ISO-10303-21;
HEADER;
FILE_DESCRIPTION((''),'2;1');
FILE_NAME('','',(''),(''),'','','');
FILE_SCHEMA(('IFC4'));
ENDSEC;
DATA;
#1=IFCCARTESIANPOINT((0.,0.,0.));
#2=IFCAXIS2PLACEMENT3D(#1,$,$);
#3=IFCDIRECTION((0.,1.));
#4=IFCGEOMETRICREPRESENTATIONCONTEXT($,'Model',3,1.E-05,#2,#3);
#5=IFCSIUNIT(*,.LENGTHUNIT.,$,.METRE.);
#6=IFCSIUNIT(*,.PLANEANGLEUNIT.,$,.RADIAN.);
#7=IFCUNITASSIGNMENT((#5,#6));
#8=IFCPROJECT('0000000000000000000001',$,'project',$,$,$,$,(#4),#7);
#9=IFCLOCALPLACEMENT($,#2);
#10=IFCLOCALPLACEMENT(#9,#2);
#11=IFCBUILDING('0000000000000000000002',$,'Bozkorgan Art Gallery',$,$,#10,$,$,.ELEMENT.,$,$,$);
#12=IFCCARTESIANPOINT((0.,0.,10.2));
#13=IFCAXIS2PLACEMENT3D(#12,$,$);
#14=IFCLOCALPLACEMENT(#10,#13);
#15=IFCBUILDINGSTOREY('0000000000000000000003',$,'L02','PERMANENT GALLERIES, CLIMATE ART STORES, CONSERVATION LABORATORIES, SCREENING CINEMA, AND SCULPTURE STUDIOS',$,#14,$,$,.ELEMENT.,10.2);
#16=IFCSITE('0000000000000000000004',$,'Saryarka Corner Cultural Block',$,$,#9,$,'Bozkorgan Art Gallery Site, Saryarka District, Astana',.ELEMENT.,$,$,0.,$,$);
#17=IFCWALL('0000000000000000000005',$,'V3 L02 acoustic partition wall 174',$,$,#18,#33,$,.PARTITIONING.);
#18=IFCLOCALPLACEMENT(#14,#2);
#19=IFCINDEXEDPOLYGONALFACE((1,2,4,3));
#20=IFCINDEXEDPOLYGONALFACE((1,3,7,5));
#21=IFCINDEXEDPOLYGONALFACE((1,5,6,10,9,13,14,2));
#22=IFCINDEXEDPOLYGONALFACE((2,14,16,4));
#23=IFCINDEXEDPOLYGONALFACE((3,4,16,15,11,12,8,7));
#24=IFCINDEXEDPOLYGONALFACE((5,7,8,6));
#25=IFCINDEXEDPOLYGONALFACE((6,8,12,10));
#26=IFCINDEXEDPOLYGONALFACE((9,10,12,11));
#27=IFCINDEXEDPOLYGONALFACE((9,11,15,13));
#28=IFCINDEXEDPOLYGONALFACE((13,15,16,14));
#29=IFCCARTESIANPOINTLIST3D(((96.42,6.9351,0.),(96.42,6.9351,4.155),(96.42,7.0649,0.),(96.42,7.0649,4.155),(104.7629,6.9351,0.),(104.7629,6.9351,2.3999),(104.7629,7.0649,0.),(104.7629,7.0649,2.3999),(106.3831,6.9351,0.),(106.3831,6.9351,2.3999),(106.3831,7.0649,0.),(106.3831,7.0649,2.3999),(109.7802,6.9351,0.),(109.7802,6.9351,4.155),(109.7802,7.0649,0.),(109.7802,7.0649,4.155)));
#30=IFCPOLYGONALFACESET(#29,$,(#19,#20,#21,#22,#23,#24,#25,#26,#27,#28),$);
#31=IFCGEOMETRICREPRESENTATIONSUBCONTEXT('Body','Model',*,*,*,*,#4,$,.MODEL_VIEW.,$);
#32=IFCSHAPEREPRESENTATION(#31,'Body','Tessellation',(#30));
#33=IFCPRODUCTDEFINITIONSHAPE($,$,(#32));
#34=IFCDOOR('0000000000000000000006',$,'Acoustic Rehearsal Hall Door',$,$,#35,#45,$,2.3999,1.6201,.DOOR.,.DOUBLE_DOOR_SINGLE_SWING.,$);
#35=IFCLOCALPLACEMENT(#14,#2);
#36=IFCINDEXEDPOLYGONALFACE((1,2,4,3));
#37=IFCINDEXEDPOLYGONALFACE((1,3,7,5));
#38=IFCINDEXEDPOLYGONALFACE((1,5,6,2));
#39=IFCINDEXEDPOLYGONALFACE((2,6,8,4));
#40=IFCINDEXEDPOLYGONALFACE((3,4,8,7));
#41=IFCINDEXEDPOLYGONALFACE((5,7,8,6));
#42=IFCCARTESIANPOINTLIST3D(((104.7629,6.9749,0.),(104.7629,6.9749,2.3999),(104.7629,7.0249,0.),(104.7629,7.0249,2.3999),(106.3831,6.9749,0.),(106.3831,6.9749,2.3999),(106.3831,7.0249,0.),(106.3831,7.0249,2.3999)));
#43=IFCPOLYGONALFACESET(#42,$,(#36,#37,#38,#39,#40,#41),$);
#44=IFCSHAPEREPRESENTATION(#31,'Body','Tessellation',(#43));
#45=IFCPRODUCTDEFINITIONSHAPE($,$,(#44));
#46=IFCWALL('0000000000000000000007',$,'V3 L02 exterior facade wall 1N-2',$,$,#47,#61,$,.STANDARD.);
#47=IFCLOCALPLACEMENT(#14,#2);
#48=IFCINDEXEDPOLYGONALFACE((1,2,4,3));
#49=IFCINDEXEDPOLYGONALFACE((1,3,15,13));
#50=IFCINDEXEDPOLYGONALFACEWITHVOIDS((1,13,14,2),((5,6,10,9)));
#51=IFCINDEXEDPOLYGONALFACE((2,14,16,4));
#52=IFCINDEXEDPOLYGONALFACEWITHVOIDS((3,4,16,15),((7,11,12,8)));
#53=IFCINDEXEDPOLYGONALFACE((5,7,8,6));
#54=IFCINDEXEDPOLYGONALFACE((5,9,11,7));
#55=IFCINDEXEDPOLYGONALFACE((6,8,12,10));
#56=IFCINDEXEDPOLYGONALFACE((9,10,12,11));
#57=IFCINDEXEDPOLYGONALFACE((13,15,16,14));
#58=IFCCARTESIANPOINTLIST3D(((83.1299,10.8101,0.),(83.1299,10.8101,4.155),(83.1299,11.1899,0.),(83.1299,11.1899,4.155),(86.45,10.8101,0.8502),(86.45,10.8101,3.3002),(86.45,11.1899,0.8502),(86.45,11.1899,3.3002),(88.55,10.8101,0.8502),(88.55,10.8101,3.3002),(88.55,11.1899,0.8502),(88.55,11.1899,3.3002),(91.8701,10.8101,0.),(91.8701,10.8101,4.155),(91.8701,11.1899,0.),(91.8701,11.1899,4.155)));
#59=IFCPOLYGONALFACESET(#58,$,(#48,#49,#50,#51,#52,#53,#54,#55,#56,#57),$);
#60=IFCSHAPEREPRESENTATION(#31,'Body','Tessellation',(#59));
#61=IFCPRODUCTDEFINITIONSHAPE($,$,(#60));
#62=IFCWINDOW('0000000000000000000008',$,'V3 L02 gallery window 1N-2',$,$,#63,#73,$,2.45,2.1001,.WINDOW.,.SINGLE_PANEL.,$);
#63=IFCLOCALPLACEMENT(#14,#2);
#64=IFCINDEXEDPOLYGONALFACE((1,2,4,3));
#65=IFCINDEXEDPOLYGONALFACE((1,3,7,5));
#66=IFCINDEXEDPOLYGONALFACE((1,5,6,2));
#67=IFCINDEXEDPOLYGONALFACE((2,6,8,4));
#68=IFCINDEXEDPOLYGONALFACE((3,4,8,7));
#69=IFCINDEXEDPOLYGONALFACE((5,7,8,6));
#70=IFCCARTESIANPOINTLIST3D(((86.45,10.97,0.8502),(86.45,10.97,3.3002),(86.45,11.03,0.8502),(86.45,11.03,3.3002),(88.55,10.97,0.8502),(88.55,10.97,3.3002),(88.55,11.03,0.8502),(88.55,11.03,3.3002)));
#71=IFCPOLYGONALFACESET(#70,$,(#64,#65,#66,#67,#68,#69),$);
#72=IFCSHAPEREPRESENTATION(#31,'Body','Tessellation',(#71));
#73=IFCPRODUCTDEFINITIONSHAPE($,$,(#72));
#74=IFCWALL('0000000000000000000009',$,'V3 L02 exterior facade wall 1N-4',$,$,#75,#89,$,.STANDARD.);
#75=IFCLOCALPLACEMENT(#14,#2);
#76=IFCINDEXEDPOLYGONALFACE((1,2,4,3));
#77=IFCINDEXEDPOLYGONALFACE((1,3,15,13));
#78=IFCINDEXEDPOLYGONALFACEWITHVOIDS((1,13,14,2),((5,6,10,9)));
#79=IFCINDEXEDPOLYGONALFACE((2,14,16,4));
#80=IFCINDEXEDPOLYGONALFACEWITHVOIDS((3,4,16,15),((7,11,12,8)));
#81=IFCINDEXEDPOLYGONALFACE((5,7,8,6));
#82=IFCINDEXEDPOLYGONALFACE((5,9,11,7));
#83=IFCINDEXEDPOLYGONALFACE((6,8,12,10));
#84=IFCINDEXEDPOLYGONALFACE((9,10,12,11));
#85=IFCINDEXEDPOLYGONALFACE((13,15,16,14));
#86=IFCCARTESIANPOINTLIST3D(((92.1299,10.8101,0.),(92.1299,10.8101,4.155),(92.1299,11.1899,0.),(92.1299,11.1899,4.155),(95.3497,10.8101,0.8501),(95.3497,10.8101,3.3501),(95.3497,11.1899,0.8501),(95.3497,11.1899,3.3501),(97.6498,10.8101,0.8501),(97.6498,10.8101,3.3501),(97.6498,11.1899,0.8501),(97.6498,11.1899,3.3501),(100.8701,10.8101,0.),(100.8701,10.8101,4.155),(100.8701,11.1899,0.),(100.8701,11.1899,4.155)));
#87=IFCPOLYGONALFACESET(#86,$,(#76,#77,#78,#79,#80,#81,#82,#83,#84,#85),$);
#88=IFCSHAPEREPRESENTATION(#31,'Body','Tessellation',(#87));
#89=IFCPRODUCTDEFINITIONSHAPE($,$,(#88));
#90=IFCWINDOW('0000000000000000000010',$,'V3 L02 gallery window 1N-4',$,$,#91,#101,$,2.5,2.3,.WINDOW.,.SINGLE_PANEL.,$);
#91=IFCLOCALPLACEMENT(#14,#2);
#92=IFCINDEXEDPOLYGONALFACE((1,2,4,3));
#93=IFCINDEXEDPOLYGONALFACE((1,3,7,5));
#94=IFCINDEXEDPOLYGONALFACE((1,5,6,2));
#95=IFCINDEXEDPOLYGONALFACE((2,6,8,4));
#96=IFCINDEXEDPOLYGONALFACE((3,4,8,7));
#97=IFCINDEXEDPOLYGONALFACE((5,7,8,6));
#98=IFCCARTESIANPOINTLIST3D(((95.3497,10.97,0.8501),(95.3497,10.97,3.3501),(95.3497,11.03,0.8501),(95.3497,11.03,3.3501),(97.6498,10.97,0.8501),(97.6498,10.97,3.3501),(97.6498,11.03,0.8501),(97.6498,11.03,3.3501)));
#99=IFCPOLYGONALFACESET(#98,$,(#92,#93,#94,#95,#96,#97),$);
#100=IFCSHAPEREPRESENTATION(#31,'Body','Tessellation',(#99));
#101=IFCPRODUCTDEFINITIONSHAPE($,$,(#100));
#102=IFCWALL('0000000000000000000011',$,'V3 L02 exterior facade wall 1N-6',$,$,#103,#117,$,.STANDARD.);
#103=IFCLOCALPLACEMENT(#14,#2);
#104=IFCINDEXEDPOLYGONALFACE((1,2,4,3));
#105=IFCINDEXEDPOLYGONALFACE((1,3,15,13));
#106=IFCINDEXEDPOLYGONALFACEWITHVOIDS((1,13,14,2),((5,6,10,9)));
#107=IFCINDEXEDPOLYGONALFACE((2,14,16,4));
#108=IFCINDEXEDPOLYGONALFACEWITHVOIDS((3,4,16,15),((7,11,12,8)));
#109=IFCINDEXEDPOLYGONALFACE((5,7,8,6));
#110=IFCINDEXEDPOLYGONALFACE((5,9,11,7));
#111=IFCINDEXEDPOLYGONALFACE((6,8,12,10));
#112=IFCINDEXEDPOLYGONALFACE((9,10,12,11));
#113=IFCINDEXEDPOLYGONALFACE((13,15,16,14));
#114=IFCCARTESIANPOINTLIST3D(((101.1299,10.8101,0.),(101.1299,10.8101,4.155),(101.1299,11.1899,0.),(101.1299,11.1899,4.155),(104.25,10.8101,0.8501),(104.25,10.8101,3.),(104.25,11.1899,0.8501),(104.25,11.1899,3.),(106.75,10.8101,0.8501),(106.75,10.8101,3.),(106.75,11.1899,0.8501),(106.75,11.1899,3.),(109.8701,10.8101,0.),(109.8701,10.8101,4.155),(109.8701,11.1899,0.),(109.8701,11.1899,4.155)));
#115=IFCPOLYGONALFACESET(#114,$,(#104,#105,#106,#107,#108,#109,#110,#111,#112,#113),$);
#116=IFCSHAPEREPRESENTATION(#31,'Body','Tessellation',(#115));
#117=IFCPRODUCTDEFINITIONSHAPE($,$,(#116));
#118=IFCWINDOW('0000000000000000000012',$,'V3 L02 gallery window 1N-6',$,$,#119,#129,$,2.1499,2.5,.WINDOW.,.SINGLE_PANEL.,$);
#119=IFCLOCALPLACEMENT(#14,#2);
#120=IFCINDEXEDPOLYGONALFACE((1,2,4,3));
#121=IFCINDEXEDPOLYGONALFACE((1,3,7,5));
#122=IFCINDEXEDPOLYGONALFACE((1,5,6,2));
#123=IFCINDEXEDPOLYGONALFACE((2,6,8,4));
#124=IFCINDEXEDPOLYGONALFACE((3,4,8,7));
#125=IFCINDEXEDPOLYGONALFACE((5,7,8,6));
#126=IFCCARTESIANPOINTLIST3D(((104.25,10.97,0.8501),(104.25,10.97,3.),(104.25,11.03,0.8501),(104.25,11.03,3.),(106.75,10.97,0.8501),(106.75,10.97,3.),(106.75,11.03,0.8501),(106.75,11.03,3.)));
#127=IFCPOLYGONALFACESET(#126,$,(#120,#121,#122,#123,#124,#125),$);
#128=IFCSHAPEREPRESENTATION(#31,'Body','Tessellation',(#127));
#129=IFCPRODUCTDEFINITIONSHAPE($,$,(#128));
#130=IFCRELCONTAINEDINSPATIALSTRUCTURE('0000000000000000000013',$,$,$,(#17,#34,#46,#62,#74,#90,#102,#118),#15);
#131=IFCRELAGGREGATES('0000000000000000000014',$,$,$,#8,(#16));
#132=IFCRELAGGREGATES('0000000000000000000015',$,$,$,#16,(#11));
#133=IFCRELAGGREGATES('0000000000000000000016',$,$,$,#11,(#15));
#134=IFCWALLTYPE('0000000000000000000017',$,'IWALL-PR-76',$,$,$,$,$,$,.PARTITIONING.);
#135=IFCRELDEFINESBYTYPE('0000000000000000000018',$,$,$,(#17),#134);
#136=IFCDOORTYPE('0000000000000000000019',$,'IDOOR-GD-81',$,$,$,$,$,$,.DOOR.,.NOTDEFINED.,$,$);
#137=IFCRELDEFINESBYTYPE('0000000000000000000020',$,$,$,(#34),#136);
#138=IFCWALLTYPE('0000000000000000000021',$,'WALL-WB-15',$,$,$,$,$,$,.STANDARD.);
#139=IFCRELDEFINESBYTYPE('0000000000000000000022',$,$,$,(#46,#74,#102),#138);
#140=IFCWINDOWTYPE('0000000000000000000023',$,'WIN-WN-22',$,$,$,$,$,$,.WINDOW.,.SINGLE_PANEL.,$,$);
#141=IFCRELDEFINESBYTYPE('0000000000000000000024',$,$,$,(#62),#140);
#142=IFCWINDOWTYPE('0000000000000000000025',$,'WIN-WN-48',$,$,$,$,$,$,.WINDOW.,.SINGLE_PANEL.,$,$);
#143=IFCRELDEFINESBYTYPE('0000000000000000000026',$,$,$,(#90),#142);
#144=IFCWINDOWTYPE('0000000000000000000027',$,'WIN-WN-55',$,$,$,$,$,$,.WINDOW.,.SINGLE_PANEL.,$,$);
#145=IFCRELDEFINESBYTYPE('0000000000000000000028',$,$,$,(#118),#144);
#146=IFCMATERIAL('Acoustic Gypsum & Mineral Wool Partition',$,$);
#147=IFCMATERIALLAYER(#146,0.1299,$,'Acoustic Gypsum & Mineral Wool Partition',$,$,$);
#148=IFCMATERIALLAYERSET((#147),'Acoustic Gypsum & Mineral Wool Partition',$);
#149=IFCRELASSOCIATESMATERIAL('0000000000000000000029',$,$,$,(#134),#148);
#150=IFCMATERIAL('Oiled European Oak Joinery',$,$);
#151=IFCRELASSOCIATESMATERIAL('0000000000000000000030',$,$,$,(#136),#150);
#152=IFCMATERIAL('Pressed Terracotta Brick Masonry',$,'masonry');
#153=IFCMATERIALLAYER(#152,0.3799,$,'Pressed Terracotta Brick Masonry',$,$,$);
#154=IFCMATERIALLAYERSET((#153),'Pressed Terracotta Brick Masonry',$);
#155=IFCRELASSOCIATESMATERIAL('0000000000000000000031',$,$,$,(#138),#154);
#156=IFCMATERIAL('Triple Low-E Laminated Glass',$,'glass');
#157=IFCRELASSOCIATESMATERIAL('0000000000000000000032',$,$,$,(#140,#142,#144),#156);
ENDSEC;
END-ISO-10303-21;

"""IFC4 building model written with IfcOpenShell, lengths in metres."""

from ifc_helpers import new_model, si_unit, direction, frame, frame_2d, origin, place, context, subcontext, project, spatial, rectangle, extrude, material, layer, layer_set, type_object, element, fill, save


model = new_model("IFC4")

# Units and contexts
model_context = context("Model", 3, precision=1e-05, world=origin(), true_north=direction((0.0, 1.0)))
body_context = subcontext(model_context, "Body", "Model", "MODEL_VIEW")
ifc_project = project(units=[si_unit("LENGTHUNIT", "METRE"), si_unit("PLANEANGLEUNIT", "RADIAN")], contexts=[model_context])

# Site, building, storey
site_placement = place(None, origin())
site = spatial("IfcSite", under=ifc_project, at=site_placement, Name="Saryarka Corner Cultural Block", LongName="Bozkorgan Art Gallery Site, Saryarka District, Astana", CompositionType="ELEMENT", RefElevation=0.0)
building_placement = place(site_placement, origin())
building = spatial("IfcBuilding", under=site, at=building_placement, Name="Bozkorgan Art Gallery", CompositionType="ELEMENT")
storey_placement = place(building_placement, frame((0.0, 0.0, 10.2)))
storey = spatial("IfcBuildingStorey", under=building, at=storey_placement, Name="L02", Description="PERMANENT GALLERIES, CLIMATE ART STORES, CONSERVATION LABORATORIES, SCREENING CINEMA, AND SCULPTURE STUDIOS", CompositionType="ELEMENT", Elevation=10.2)

# Shared definitions
ifc_material_1 = material(Name="Triple Low-E Laminated Glass", Category="glass")

# Wall, opening, door
ifc_material_2 = material(Name="Acoustic Gypsum & Mineral Wool Partition")
ifc_material_3 = material(Name="Oiled European Oak Joinery")
ifc_layer_1 = layer(ifc_material_2, 0.1299, Name="Acoustic Gypsum & Mineral Wool Partition")
ifc_layer_set_1 = layer_set([ifc_layer_1], Name="Acoustic Gypsum & Mineral Wool Partition")
wall_type_1 = type_object("IfcWallType", Name="IWALL-PR-76", PredefinedType="PARTITIONING", material=ifc_layer_set_1)
wall_1_placement = place(storey_placement, frame((96.4199, 7.0, 0.0), z_axis=(0.0, 0.0, 1.0), x_axis=(1.0, 0.0, 0.0)))
wall_1 = element("IfcWall", 1, at=wall_1_placement, inside=storey, type_object=wall_type_1, Name="V3 L02 acoustic partition wall 174", PredefinedType="PARTITIONING", context=body_context, shape_type="SweptSolid", body=[
    extrude(rectangle(XDim=13.3601, YDim=0.1299, at=frame_2d((6.6802, 0.0))), origin(), (0.0, 0.0, 1.0), 4.155),
])
opening_1_placement = place(wall_1_placement, frame((8.343, 0.0, 0.0)))
opening_1 = element("IfcOpeningElement", 2, at=opening_1_placement, cuts=wall_1, PredefinedType="OPENING", context=body_context, shape_type="SweptSolid", body=[
    extrude(rectangle(XDim=1.6201, YDim=2.3999, at=frame_2d((0.8101, 1.2))), frame((0.0, 0.075, 0.0), z_axis=(0.0, -1.0, 0.0), x_axis=(1.0, 0.0, 0.0)), (0.0, 0.0, 1.0), 0.1499),
])
door_type_1 = type_object("IfcDoorType", Name="IDOOR-GD-81", OperationType="NOTDEFINED", PredefinedType="DOOR", material=ifc_material_3)
door_1_placement = place(opening_1_placement, origin())
door_1 = element("IfcDoor", 3, at=door_1_placement, inside=storey, type_object=door_type_1, Name="Acoustic Rehearsal Hall Door", OperationType="DOUBLE_DOOR_SINGLE_SWING", OverallHeight=2.3999, OverallWidth=1.6201, PredefinedType="DOOR", context=body_context, shape_type="SweptSolid", body=[
    extrude(rectangle(XDim=1.6201, YDim=2.3999, at=frame_2d((0.8101, 1.2))), frame((0.0, 0.0249, 0.0), z_axis=(0.0, -1.0, 0.0), x_axis=(1.0, 0.0, 0.0)), (0.0, 0.0, 1.0), 0.05),
])
fill(opening_1, door_1)

# Walls, openings, windows
ifc_material_4 = material(Name="Pressed Terracotta Brick Masonry", Category="masonry")
ifc_layer_2 = layer(ifc_material_4, 0.3799, Name="Pressed Terracotta Brick Masonry")
ifc_layer_set_2 = layer_set([ifc_layer_2], Name="Pressed Terracotta Brick Masonry")
wall_type_2 = type_object("IfcWallType", Name="WALL-WB-15", PredefinedType="STANDARD", material=ifc_layer_set_2)
wall_2_placement = place(storey_placement, frame((83.1299, 11.0, 0.0), z_axis=(0.0, 0.0, 1.0), x_axis=(1.0, 0.0, 0.0)))
wall_2 = element("IfcWall", 4, at=wall_2_placement, inside=storey, type_object=wall_type_2, Name="V3 L02 exterior facade wall 1N-2", PredefinedType="STANDARD", context=body_context, shape_type="SweptSolid", body=[
    extrude(rectangle(XDim=8.7402, YDim=0.3799, at=frame_2d((4.3701, 0.0))), origin(), (0.0, 0.0, 1.0), 4.155),
])
opening_2_placement = place(wall_2_placement, frame((3.3201, 0.0, 0.8501)))
opening_2 = element("IfcOpeningElement", 5, at=opening_2_placement, cuts=wall_2, PredefinedType="OPENING", context=body_context, shape_type="SweptSolid", body=[
    extrude(rectangle(XDim=2.1001, YDim=2.45, at=frame_2d((1.05, 1.2251))), frame((0.0, 0.2, 0.0), z_axis=(0.0, -1.0, 0.0), x_axis=(1.0, 0.0, 0.0)), (0.0, 0.0, 1.0), 0.3999),
])
window_type_1 = type_object("IfcWindowType", Name="WIN-WN-22", PartitioningType="SINGLE_PANEL", PredefinedType="WINDOW", material=ifc_material_1)
window_1_placement = place(opening_2_placement, origin())
window_1 = element("IfcWindow", 6, at=window_1_placement, inside=storey, type_object=window_type_1, Name="V3 L02 gallery window 1N-2", OverallHeight=2.45, OverallWidth=2.1001, PartitioningType="SINGLE_PANEL", PredefinedType="WINDOW", context=body_context, shape_type="SweptSolid", body=[
    extrude(rectangle(XDim=2.1001, YDim=2.45, at=frame_2d((1.05, 1.2251))), frame((0.0, 0.03, 0.0), z_axis=(0.0, -1.0, 0.0), x_axis=(1.0, 0.0, 0.0)), (0.0, 0.0, 1.0), 0.0601),
])
fill(opening_2, window_1)
wall_3_placement = place(storey_placement, frame((92.1299, 11.0, 0.0), z_axis=(0.0, 0.0, 1.0), x_axis=(1.0, 0.0, 0.0)))
wall_3 = element("IfcWall", 7, at=wall_3_placement, inside=storey, type_object=wall_type_2, Name="V3 L02 exterior facade wall 1N-4", PredefinedType="STANDARD", context=body_context, shape_type="SweptSolid", body=[
    extrude(rectangle(XDim=8.7402, YDim=0.3799, at=frame_2d((4.3701, 0.0))), origin(), (0.0, 0.0, 1.0), 4.155),
])
opening_3_placement = place(wall_3_placement, frame((3.22, 0.0, 0.8501)))
opening_3 = element("IfcOpeningElement", 8, at=opening_3_placement, cuts=wall_3, PredefinedType="OPENING", context=body_context, shape_type="SweptSolid", body=[
    extrude(rectangle(XDim=2.3, YDim=2.5, at=frame_2d((1.1499, 1.25))), frame((0.0, 0.2, 0.0), z_axis=(0.0, -1.0, 0.0), x_axis=(1.0, 0.0, 0.0)), (0.0, 0.0, 1.0), 0.3999),
])
window_type_2 = type_object("IfcWindowType", Name="WIN-WN-48", PartitioningType="SINGLE_PANEL", PredefinedType="WINDOW", material=ifc_material_1)
window_2_placement = place(opening_3_placement, origin())
window_2 = element("IfcWindow", 9, at=window_2_placement, inside=storey, type_object=window_type_2, Name="V3 L02 gallery window 1N-4", OverallHeight=2.5, OverallWidth=2.3, PartitioningType="SINGLE_PANEL", PredefinedType="WINDOW", context=body_context, shape_type="SweptSolid", body=[
    extrude(rectangle(XDim=2.3, YDim=2.5, at=frame_2d((1.1499, 1.25))), frame((0.0, 0.03, 0.0), z_axis=(0.0, -1.0, 0.0), x_axis=(1.0, 0.0, 0.0)), (0.0, 0.0, 1.0), 0.0601),
])
fill(opening_3, window_2)
wall_4_placement = place(storey_placement, frame((101.1299, 11.0, 0.0), z_axis=(0.0, 0.0, 1.0), x_axis=(1.0, 0.0, 0.0)))
wall_4 = element("IfcWall", 10, at=wall_4_placement, inside=storey, type_object=wall_type_2, Name="V3 L02 exterior facade wall 1N-6", PredefinedType="STANDARD", context=body_context, shape_type="SweptSolid", body=[
    extrude(rectangle(XDim=8.7402, YDim=0.3799, at=frame_2d((4.3701, 0.0))), origin(), (0.0, 0.0, 1.0), 4.155),
])
opening_4_placement = place(wall_4_placement, frame((3.1201, 0.0, 0.8501)))
opening_4 = element("IfcOpeningElement", 11, at=opening_4_placement, cuts=wall_4, PredefinedType="OPENING", context=body_context, shape_type="SweptSolid", body=[
    extrude(rectangle(XDim=2.5, YDim=2.1499, at=frame_2d((1.25, 1.075))), frame((0.0, 0.2, 0.0), z_axis=(0.0, -1.0, 0.0), x_axis=(1.0, 0.0, 0.0)), (0.0, 0.0, 1.0), 0.3999),
])
window_type_3 = type_object("IfcWindowType", Name="WIN-WN-55", PartitioningType="SINGLE_PANEL", PredefinedType="WINDOW", material=ifc_material_1)
window_3_placement = place(opening_4_placement, origin())
window_3 = element("IfcWindow", 12, at=window_3_placement, inside=storey, type_object=window_type_3, Name="V3 L02 gallery window 1N-6", OverallHeight=2.1499, OverallWidth=2.5, PartitioningType="SINGLE_PANEL", PredefinedType="WINDOW", context=body_context, shape_type="SweptSolid", body=[
    extrude(rectangle(XDim=2.5, YDim=2.1499, at=frame_2d((1.25, 1.075))), frame((0.0, 0.03, 0.0), z_axis=(0.0, -1.0, 0.0), x_axis=(1.0, 0.0, 0.0)), (0.0, 0.0, 1.0), 0.0601),
])
fill(opening_4, window_3)

save(model, "model.ifc")
